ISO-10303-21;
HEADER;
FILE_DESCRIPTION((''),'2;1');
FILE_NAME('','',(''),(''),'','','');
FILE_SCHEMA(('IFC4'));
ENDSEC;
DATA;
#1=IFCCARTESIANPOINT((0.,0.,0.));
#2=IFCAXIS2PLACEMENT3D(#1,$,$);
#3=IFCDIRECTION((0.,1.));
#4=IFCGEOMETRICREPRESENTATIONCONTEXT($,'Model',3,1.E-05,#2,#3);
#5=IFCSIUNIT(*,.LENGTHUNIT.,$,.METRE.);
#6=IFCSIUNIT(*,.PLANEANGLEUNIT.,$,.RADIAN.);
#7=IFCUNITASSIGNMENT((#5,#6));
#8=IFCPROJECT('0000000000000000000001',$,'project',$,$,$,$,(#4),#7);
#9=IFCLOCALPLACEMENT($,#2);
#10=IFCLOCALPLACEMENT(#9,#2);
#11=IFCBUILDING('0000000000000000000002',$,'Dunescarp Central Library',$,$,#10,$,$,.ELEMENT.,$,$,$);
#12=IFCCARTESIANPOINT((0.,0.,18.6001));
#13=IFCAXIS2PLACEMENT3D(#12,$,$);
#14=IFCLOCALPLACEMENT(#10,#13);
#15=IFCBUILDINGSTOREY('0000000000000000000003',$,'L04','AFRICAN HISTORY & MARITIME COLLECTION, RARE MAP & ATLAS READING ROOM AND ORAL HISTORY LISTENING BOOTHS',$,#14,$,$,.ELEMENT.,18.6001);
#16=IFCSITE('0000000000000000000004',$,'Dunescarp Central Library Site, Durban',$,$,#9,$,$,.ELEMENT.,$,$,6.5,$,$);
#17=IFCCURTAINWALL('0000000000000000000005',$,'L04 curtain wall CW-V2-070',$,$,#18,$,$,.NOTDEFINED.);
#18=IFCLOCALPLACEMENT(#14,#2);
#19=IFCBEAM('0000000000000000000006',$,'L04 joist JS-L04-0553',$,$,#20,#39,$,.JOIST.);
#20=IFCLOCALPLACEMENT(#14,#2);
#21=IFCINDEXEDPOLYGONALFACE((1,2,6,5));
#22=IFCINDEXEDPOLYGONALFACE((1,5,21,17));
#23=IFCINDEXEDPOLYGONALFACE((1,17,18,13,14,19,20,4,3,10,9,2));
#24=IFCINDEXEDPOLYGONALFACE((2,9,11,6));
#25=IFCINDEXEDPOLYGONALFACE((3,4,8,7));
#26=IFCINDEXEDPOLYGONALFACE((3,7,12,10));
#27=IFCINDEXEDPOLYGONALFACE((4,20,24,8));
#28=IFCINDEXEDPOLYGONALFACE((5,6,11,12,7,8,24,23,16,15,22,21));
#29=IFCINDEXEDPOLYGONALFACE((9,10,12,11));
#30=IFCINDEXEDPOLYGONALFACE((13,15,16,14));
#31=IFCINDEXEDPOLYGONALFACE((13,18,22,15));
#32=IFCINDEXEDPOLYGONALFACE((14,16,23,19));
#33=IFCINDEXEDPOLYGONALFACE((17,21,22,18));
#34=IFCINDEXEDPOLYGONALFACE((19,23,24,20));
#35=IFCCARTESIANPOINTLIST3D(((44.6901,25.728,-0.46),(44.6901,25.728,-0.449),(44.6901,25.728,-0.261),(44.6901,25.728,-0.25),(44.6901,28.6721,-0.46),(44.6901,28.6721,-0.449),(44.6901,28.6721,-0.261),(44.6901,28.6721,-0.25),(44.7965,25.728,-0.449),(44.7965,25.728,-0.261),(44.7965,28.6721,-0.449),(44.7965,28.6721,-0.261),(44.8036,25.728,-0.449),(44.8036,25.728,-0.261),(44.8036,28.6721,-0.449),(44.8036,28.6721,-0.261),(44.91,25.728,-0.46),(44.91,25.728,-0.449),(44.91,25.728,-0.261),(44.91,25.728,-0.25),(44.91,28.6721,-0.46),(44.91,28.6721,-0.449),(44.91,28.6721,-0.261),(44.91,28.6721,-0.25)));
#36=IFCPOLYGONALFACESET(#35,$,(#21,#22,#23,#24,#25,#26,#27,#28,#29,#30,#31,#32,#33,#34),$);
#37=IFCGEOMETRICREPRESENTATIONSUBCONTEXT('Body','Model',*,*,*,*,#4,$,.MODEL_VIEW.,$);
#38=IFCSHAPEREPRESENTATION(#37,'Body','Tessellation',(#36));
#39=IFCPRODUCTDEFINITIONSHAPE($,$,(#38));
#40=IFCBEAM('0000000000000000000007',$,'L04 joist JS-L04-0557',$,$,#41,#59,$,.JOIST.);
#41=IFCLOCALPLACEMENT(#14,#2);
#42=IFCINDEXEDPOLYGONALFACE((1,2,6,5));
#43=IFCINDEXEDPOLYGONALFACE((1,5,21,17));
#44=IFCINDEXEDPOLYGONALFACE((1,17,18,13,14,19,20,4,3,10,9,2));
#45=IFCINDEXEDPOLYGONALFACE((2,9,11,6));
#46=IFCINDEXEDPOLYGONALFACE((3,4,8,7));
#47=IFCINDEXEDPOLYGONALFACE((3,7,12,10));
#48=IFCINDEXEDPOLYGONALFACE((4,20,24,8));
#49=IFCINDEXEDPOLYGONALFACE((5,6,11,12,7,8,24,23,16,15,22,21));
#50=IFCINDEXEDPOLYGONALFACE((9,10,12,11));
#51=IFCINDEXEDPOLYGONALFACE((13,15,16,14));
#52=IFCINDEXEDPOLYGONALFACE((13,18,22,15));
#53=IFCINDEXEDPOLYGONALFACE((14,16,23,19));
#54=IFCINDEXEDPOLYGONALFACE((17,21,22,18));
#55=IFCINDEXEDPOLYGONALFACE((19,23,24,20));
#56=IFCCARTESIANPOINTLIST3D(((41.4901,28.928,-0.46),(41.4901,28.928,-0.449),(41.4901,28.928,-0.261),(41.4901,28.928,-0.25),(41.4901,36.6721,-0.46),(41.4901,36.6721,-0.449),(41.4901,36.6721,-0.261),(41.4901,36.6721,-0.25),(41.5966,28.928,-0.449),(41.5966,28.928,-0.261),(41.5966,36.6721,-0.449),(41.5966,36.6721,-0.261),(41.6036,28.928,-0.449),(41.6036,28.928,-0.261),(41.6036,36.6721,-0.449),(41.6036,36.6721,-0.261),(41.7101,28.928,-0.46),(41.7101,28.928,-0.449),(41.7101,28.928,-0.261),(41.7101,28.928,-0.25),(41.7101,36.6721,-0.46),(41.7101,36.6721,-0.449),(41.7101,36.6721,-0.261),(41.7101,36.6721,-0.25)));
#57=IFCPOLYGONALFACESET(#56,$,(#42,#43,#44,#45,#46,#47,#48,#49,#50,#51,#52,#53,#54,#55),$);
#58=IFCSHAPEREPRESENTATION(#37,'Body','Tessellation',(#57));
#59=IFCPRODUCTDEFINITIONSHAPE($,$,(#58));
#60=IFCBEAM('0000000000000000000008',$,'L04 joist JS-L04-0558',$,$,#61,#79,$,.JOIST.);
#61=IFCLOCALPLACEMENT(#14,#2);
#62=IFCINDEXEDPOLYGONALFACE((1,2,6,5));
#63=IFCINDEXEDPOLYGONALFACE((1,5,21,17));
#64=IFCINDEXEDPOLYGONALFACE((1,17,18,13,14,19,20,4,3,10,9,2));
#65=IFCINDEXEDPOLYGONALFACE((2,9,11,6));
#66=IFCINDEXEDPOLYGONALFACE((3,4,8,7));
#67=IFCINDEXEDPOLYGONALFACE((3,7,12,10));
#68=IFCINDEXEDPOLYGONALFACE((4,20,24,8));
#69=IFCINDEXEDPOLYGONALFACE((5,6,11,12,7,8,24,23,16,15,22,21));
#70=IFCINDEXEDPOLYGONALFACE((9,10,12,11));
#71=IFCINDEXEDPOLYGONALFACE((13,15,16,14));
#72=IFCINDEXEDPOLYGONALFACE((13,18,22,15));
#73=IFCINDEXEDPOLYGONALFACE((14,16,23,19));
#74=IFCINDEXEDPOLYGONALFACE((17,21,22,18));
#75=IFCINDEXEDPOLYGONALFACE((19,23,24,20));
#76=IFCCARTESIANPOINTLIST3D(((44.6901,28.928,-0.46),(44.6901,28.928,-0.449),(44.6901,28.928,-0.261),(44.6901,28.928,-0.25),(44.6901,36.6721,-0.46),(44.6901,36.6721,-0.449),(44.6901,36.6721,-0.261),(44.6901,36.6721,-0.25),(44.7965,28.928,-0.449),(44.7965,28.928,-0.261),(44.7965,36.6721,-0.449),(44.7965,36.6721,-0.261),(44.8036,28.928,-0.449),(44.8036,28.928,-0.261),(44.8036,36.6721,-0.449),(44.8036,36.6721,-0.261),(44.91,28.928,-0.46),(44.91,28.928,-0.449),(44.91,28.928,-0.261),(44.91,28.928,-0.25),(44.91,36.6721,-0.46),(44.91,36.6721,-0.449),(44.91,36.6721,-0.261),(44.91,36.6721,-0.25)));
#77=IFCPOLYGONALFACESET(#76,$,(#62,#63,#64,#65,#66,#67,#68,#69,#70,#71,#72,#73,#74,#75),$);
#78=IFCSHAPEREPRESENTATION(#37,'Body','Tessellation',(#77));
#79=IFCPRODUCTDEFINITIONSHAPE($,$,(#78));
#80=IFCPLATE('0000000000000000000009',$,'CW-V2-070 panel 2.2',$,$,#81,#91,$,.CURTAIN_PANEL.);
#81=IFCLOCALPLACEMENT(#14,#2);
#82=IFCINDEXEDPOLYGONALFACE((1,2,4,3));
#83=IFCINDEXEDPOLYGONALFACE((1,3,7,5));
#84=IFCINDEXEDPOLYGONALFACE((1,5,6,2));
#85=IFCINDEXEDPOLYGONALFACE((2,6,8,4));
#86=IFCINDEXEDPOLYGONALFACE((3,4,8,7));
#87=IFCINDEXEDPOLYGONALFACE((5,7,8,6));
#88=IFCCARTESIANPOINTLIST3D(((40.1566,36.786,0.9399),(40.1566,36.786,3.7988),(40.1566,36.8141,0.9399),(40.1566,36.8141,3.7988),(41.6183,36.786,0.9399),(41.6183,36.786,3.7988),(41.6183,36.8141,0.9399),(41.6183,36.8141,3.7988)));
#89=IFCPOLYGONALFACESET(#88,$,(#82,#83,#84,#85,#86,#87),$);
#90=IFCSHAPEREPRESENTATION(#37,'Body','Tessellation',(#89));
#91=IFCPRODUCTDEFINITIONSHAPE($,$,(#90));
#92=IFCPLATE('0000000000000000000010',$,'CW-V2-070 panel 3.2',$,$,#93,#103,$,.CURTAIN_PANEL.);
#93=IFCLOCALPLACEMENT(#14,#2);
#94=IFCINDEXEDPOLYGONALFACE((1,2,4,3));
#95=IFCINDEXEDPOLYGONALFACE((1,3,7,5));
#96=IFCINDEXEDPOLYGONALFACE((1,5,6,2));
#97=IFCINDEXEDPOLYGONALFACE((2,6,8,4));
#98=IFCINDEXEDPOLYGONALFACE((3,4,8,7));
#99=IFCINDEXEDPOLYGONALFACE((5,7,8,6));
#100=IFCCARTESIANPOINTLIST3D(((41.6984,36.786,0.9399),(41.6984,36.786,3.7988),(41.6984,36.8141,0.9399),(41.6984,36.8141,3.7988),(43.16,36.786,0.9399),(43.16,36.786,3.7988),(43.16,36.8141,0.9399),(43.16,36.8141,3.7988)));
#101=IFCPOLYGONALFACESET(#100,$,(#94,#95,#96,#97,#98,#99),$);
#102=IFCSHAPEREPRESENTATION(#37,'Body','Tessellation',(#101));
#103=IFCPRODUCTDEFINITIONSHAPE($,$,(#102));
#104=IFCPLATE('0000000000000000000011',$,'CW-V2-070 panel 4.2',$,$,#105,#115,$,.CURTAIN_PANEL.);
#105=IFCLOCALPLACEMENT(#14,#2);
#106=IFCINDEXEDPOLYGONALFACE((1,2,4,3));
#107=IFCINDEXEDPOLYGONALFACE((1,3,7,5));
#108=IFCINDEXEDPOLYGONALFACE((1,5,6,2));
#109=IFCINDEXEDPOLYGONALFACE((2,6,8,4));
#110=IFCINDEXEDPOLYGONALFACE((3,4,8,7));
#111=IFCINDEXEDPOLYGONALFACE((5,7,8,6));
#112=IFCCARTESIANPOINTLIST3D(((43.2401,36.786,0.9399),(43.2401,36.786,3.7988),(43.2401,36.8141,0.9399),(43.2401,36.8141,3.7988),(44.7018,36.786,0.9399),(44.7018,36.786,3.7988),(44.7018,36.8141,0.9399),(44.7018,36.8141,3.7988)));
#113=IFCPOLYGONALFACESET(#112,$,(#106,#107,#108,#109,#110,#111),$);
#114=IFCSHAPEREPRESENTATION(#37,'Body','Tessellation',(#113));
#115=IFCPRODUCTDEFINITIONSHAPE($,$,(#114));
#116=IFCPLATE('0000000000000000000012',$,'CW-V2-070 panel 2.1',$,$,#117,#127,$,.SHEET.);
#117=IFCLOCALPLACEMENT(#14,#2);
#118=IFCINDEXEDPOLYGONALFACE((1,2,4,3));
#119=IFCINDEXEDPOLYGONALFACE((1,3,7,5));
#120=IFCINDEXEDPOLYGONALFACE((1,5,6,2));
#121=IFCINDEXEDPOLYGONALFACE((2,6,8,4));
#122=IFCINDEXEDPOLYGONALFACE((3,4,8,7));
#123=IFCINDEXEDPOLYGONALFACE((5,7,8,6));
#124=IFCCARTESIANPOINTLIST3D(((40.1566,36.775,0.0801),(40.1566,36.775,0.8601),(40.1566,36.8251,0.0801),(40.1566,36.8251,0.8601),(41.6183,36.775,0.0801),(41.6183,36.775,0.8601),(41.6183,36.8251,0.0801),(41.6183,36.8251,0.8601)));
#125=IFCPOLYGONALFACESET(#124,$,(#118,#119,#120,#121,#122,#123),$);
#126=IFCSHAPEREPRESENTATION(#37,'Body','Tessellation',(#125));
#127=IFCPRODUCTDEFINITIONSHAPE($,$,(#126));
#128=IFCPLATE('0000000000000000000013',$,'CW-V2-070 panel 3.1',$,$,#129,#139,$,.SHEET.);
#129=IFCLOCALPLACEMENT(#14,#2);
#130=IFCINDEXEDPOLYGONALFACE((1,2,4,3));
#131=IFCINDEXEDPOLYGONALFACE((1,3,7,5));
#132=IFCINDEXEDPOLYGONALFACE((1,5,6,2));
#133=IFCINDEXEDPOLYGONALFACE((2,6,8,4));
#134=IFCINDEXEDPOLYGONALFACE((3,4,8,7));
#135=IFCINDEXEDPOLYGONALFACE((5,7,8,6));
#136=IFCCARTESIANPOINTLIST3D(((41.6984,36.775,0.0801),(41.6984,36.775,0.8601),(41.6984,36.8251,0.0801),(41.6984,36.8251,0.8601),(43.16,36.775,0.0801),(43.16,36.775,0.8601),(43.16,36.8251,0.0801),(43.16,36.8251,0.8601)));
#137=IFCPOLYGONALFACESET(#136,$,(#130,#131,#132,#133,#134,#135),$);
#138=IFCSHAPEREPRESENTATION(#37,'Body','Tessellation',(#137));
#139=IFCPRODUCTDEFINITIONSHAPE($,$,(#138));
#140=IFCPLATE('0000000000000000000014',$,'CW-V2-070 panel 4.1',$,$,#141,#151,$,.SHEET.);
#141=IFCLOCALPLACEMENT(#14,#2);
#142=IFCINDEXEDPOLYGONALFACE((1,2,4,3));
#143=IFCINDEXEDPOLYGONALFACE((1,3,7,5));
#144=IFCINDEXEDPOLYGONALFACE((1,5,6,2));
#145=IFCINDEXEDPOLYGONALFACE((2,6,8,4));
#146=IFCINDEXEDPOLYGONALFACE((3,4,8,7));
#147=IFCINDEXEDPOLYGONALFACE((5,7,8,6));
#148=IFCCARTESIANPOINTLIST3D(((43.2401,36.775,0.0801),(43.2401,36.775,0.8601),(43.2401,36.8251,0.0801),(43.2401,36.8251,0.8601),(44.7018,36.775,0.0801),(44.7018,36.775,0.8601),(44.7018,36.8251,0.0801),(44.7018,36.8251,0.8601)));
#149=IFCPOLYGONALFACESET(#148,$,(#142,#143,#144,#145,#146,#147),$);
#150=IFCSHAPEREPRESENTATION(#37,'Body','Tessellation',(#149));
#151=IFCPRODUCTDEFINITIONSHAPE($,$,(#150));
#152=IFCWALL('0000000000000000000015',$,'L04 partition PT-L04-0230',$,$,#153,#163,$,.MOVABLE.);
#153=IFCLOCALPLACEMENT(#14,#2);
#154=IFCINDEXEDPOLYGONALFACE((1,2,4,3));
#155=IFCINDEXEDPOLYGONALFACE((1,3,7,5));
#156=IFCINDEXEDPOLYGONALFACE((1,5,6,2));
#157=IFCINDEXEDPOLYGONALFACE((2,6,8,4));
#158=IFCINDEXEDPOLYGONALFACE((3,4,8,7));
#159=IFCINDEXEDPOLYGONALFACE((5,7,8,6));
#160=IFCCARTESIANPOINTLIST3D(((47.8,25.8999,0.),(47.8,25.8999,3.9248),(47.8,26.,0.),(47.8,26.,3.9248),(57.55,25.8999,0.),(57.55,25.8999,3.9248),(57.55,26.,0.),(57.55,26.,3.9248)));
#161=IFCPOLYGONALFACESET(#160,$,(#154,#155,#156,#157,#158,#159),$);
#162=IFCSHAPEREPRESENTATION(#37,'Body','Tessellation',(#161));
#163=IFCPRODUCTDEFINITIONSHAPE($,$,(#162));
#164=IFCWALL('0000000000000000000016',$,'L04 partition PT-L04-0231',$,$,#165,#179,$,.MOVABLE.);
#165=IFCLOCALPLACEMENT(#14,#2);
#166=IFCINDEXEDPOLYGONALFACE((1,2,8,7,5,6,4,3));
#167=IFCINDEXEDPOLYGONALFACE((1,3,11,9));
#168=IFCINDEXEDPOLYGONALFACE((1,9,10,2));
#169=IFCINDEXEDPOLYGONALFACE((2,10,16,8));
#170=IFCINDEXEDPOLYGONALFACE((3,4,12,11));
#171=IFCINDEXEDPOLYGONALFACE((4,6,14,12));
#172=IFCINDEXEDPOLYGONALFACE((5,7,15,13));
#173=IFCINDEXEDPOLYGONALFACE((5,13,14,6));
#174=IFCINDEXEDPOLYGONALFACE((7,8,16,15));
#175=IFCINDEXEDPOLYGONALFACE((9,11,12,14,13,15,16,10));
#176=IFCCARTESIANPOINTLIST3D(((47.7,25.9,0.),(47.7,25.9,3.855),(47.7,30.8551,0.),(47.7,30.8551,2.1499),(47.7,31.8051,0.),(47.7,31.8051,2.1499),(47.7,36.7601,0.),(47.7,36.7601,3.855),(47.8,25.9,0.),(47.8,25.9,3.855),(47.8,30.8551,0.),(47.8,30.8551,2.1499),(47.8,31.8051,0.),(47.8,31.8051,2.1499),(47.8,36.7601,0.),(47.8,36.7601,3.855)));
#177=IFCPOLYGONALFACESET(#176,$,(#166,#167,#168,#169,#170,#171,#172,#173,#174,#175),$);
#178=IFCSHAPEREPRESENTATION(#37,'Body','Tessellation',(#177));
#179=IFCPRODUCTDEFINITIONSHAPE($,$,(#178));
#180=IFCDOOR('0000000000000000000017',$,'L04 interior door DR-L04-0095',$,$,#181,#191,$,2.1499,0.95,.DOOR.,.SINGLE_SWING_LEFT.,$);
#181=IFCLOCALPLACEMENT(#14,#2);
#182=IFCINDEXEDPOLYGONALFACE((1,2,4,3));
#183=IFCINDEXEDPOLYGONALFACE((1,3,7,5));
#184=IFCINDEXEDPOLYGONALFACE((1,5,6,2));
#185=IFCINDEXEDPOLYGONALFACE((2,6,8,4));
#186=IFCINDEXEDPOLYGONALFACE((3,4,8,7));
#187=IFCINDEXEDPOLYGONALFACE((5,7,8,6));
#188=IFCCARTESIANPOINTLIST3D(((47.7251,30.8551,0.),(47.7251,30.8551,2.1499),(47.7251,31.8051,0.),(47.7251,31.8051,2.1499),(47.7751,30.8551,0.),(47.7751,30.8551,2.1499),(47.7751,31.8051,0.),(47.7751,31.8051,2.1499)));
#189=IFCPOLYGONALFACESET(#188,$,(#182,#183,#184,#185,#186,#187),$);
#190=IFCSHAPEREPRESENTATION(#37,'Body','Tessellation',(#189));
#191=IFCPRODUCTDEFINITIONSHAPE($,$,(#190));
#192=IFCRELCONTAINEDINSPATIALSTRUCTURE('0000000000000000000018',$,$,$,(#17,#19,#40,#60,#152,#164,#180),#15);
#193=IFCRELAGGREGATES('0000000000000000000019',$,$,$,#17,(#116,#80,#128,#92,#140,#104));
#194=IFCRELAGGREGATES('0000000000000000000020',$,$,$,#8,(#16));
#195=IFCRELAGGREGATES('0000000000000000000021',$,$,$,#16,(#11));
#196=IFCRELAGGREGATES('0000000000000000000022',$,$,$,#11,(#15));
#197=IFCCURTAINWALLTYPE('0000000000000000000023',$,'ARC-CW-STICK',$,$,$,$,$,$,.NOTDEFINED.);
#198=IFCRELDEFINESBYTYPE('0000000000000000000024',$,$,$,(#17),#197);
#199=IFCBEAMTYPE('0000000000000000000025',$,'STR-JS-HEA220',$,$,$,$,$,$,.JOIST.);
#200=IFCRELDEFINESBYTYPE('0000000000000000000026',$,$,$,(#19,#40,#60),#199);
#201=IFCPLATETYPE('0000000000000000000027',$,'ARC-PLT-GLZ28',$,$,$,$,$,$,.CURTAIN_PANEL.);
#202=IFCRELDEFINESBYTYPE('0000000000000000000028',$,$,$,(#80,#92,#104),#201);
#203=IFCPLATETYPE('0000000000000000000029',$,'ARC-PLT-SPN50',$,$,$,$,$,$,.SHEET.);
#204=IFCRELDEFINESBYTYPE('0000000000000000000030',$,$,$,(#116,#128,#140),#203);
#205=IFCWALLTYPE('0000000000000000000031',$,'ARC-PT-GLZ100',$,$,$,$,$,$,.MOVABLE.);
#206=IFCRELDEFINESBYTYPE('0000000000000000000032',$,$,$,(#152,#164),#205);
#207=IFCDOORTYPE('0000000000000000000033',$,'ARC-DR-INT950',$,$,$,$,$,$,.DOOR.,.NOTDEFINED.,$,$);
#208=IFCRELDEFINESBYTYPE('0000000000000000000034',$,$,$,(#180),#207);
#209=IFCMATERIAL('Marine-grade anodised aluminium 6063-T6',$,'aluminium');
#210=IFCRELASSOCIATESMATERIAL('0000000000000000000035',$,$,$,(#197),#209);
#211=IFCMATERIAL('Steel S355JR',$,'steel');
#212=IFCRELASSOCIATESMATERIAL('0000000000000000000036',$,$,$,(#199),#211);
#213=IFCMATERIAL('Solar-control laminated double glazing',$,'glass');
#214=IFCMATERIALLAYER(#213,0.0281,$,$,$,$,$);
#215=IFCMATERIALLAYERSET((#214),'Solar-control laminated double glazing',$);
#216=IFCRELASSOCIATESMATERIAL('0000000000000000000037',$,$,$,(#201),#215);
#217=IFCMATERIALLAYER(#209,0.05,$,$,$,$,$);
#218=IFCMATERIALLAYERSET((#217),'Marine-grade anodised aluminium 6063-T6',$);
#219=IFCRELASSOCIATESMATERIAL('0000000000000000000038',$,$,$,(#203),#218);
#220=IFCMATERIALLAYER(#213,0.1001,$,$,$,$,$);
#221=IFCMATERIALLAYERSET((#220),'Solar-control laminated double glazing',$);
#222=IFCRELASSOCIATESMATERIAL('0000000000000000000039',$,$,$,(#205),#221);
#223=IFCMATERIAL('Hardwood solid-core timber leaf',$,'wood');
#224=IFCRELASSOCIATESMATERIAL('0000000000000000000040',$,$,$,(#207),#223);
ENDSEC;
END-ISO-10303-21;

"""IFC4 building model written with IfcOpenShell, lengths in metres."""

from ifc_helpers import new_model, si_unit, direction, frame, frame_2d, origin, origin_2d, place, context, subcontext, project, spatial, rectangle, i_section, extrude, material, layer, layer_set, material_profile, profile_set, type_object, element, fill, aggregate, save


model = new_model("IFC4")

# Units and contexts
model_context = context("Model", 3, precision=1e-05, world=origin(), true_north=direction((0.0, 1.0)))
body_context = subcontext(model_context, "Body", "Model", "MODEL_VIEW")
ifc_project = project(units=[si_unit("LENGTHUNIT", "METRE"), si_unit("PLANEANGLEUNIT", "RADIAN")], contexts=[model_context])

# Site, building, storey
site_placement = place(None, origin())
site = spatial("IfcSite", under=ifc_project, at=site_placement, Name="Dunescarp Central Library Site, Durban", CompositionType="ELEMENT", RefElevation=6.5)
building_placement = place(site_placement, origin())
building = spatial("IfcBuilding", under=site, at=building_placement, Name="Dunescarp Central Library", CompositionType="ELEMENT")
storey_placement = place(building_placement, frame((0.0, 0.0, 18.6001)))
storey = spatial("IfcBuildingStorey", under=building, at=storey_placement, Name="L04", Description="AFRICAN HISTORY & MARITIME COLLECTION, RARE MAP & ATLAS READING ROOM AND ORAL HISTORY LISTENING BOOTHS", CompositionType="ELEMENT", Elevation=18.6001)

# Curtain wall
ifc_material_1 = material(Name="Marine-grade anodised aluminium 6063-T6", Category="aluminium")
curtain_wall_type = type_object("IfcCurtainWallType", Name="ARC-CW-STICK", PredefinedType="NOTDEFINED", material=ifc_material_1)
curtain_wall_placement = place(storey_placement, origin())
curtain_wall = element("IfcCurtainWall", 1, at=curtain_wall_placement, inside=storey, type_object=curtain_wall_type, Name="L04 curtain wall CW-V2-070", PredefinedType="NOTDEFINED")

# Beams
ifc_material_2 = material(Name="Steel S355JR", Category="steel")
ifc_material_profile_1 = material_profile(ifc_material_2, i_section(OverallWidth=0.22, OverallDepth=0.21, WebThickness=0.0071, FlangeThickness=0.011, at=origin_2d()), Name="HEA 220")
ifc_profile_set_1 = profile_set([ifc_material_profile_1], Name="Steel S355JR")
beam_type = type_object("IfcBeamType", Name="STR-JS-HEA220", PredefinedType="JOIST", material=ifc_profile_set_1)
for number, where, z_axis, x_axis, name in (
    (2, (44.8, 25.728, -0.355), (0.0, 1.0, 0.0), (-1.0, 0.0, 0.0), "L04 joist JS-L04-0553"),
):
    element("IfcBeam", number, at=place(storey_placement, frame(where, z_axis=z_axis, x_axis=x_axis)), inside=storey, type_object=beam_type, Name=name, PredefinedType="JOIST", context=body_context, shape_type="SweptSolid", body=[
        extrude(i_section(OverallWidth=0.22, OverallDepth=0.21, WebThickness=0.0071, FlangeThickness=0.011, at=origin_2d()), origin(), (0.0, 0.0, 1.0), 2.9441),
    ])
for number, where, z_axis, x_axis, name in (
    (3, (41.6001, 28.928, -0.355), (0.0, 1.0, 0.0), (-1.0, 0.0, 0.0), "L04 joist JS-L04-0557"),
    (4, (44.8, 28.928, -0.355), (0.0, 1.0, 0.0), (-1.0, 0.0, 0.0), "L04 joist JS-L04-0558"),
):
    element("IfcBeam", number, at=place(storey_placement, frame(where, z_axis=z_axis, x_axis=x_axis)), inside=storey, type_object=beam_type, Name=name, PredefinedType="JOIST", context=body_context, shape_type="SweptSolid", body=[
        extrude(i_section(OverallWidth=0.22, OverallDepth=0.21, WebThickness=0.0071, FlangeThickness=0.011, at=origin_2d()), origin(), (0.0, 0.0, 1.0), 7.7441),
    ])

# Plates
ifc_material_3 = material(Name="Solar-control laminated double glazing", Category="glass")
ifc_layer_1 = layer(ifc_material_3, 0.0281)
ifc_layer_set_1 = layer_set([ifc_layer_1], Name="Solar-control laminated double glazing")
plate_type_1 = type_object("IfcPlateType", Name="ARC-PLT-GLZ28", PredefinedType="CURTAIN_PANEL", material=ifc_layer_set_1)
plate_1_placement = place(storey_placement, frame((40.8875, 36.8, 0.9399), z_axis=(0.0, 0.0, 1.0), x_axis=(1.0, 0.0, 0.0)))
plate_1 = element("IfcPlate", 5, at=plate_1_placement, type_object=plate_type_1, Name="CW-V2-070 panel 2.2", PredefinedType="CURTAIN_PANEL", context=body_context, shape_type="SweptSolid", body=[
    extrude(rectangle(XDim=1.4617, YDim=0.0281, at=origin_2d()), origin(), (0.0, 0.0, 1.0), 2.8589),
])
plate_2_placement = place(storey_placement, frame((42.4292, 36.8, 0.9399), z_axis=(0.0, 0.0, 1.0), x_axis=(1.0, 0.0, 0.0)))
plate_2 = element("IfcPlate", 6, at=plate_2_placement, type_object=plate_type_1, Name="CW-V2-070 panel 3.2", PredefinedType="CURTAIN_PANEL", context=body_context, shape_type="SweptSolid", body=[
    extrude(rectangle(XDim=1.4617, YDim=0.0281, at=origin_2d()), origin(), (0.0, 0.0, 1.0), 2.8589),
])
plate_3_placement = place(storey_placement, frame((43.9709, 36.8, 0.9399), z_axis=(0.0, 0.0, 1.0), x_axis=(1.0, 0.0, 0.0)))
plate_3 = element("IfcPlate", 7, at=plate_3_placement, type_object=plate_type_1, Name="CW-V2-070 panel 4.2", PredefinedType="CURTAIN_PANEL", context=body_context, shape_type="SweptSolid", body=[
    extrude(rectangle(XDim=1.4617, YDim=0.0281, at=origin_2d()), origin(), (0.0, 0.0, 1.0), 2.8589),
])
ifc_layer_2 = layer(ifc_material_1, 0.05)
ifc_layer_set_2 = layer_set([ifc_layer_2], Name="Marine-grade anodised aluminium 6063-T6")
plate_type_2 = type_object("IfcPlateType", Name="ARC-PLT-SPN50", PredefinedType="SHEET", material=ifc_layer_set_2)
plate_4_placement = place(storey_placement, frame((40.8875, 36.8, 0.0801), z_axis=(0.0, 0.0, 1.0), x_axis=(1.0, 0.0, 0.0)))
plate_4 = element("IfcPlate", 8, at=plate_4_placement, type_object=plate_type_2, Name="CW-V2-070 panel 2.1", PredefinedType="SHEET", context=body_context, shape_type="SweptSolid", body=[
    extrude(rectangle(XDim=1.4617, YDim=0.05, at=origin_2d()), origin(), (0.0, 0.0, 1.0), 0.78),
])
plate_5_placement = place(storey_placement, frame((42.4292, 36.8, 0.0801), z_axis=(0.0, 0.0, 1.0), x_axis=(1.0, 0.0, 0.0)))
plate_5 = element("IfcPlate", 9, at=plate_5_placement, type_object=plate_type_2, Name="CW-V2-070 panel 3.1", PredefinedType="SHEET", context=body_context, shape_type="SweptSolid", body=[
    extrude(rectangle(XDim=1.4617, YDim=0.05, at=origin_2d()), origin(), (0.0, 0.0, 1.0), 0.78),
])
plate_6_placement = place(storey_placement, frame((43.9709, 36.8, 0.0801), z_axis=(0.0, 0.0, 1.0), x_axis=(1.0, 0.0, 0.0)))
plate_6 = element("IfcPlate", 10, at=plate_6_placement, type_object=plate_type_2, Name="CW-V2-070 panel 4.1", PredefinedType="SHEET", context=body_context, shape_type="SweptSolid", body=[
    extrude(rectangle(XDim=1.4617, YDim=0.05, at=origin_2d()), origin(), (0.0, 0.0, 1.0), 0.78),
])
aggregate(curtain_wall, [plate_4, plate_1, plate_5, plate_2, plate_6, plate_3])

# Wall
ifc_layer_3 = layer(ifc_material_3, 0.1001)
ifc_layer_set_3 = layer_set([ifc_layer_3], Name="Solar-control laminated double glazing")
wall_type = type_object("IfcWallType", Name="ARC-PT-GLZ100", PredefinedType="MOVABLE", material=ifc_layer_set_3)
wall_1_placement = place(storey_placement, frame((47.8, 25.95, 0.0), z_axis=(0.0, 0.0, 1.0), x_axis=(1.0, 0.0, 0.0)))
element("IfcWall", 11, at=wall_1_placement, inside=storey, type_object=wall_type, Name="L04 partition PT-L04-0230", PredefinedType="MOVABLE", context=body_context, shape_type="SweptSolid", body=[
    extrude(rectangle(XDim=9.75, YDim=0.1001, at=frame_2d((4.875, 0.0))), origin(), (0.0, 0.0, 1.0), 3.9248),
])

# Wall, opening, door
wall_2_placement = place(storey_placement, frame((47.75, 25.8999, 0.0), z_axis=(0.0, 0.0, 1.0), x_axis=(0.0, 1.0, 0.0)))
wall_2 = element("IfcWall", 12, at=wall_2_placement, inside=storey, type_object=wall_type, Name="L04 partition PT-L04-0231", PredefinedType="MOVABLE", context=body_context, shape_type="SweptSolid", body=[
    extrude(rectangle(XDim=10.8601, YDim=0.1001, at=frame_2d((5.4302, 0.0))), origin(), (0.0, 0.0, 1.0), 3.855),
])
opening_placement = place(wall_2_placement, frame((4.9551, 0.0, 0.0)))
opening = element("IfcOpeningElement", 13, at=opening_placement, cuts=wall_2, PredefinedType="OPENING", context=body_context, shape_type="SweptSolid", body=[
    extrude(rectangle(XDim=0.95, YDim=2.1499, at=frame_2d((0.4751, 1.075))), frame((0.0, 0.0601, 0.0), z_axis=(0.0, -1.0, 0.0), x_axis=(1.0, 0.0, 0.0)), (0.0, 0.0, 1.0), 0.1201),
])
ifc_material_4 = material(Name="Hardwood solid-core timber leaf", Category="wood")
door_type = type_object("IfcDoorType", Name="ARC-DR-INT950", OperationType="NOTDEFINED", PredefinedType="DOOR", material=ifc_material_4)
door_placement = place(opening_placement, origin())
door = element("IfcDoor", 14, at=door_placement, inside=storey, type_object=door_type, Name="L04 interior door DR-L04-0095", OperationType="SINGLE_SWING_LEFT", OverallHeight=2.1499, OverallWidth=0.95, PredefinedType="DOOR", context=body_context, shape_type="SweptSolid", body=[
    extrude(rectangle(XDim=0.95, YDim=2.1499, at=frame_2d((0.4751, 1.075))), frame((0.0, 0.0249, 0.0), z_axis=(0.0, -1.0, 0.0), x_axis=(1.0, 0.0, 0.0)), (0.0, 0.0, 1.0), 0.05),
])
fill(opening, door)

save(model, "model.ifc")
